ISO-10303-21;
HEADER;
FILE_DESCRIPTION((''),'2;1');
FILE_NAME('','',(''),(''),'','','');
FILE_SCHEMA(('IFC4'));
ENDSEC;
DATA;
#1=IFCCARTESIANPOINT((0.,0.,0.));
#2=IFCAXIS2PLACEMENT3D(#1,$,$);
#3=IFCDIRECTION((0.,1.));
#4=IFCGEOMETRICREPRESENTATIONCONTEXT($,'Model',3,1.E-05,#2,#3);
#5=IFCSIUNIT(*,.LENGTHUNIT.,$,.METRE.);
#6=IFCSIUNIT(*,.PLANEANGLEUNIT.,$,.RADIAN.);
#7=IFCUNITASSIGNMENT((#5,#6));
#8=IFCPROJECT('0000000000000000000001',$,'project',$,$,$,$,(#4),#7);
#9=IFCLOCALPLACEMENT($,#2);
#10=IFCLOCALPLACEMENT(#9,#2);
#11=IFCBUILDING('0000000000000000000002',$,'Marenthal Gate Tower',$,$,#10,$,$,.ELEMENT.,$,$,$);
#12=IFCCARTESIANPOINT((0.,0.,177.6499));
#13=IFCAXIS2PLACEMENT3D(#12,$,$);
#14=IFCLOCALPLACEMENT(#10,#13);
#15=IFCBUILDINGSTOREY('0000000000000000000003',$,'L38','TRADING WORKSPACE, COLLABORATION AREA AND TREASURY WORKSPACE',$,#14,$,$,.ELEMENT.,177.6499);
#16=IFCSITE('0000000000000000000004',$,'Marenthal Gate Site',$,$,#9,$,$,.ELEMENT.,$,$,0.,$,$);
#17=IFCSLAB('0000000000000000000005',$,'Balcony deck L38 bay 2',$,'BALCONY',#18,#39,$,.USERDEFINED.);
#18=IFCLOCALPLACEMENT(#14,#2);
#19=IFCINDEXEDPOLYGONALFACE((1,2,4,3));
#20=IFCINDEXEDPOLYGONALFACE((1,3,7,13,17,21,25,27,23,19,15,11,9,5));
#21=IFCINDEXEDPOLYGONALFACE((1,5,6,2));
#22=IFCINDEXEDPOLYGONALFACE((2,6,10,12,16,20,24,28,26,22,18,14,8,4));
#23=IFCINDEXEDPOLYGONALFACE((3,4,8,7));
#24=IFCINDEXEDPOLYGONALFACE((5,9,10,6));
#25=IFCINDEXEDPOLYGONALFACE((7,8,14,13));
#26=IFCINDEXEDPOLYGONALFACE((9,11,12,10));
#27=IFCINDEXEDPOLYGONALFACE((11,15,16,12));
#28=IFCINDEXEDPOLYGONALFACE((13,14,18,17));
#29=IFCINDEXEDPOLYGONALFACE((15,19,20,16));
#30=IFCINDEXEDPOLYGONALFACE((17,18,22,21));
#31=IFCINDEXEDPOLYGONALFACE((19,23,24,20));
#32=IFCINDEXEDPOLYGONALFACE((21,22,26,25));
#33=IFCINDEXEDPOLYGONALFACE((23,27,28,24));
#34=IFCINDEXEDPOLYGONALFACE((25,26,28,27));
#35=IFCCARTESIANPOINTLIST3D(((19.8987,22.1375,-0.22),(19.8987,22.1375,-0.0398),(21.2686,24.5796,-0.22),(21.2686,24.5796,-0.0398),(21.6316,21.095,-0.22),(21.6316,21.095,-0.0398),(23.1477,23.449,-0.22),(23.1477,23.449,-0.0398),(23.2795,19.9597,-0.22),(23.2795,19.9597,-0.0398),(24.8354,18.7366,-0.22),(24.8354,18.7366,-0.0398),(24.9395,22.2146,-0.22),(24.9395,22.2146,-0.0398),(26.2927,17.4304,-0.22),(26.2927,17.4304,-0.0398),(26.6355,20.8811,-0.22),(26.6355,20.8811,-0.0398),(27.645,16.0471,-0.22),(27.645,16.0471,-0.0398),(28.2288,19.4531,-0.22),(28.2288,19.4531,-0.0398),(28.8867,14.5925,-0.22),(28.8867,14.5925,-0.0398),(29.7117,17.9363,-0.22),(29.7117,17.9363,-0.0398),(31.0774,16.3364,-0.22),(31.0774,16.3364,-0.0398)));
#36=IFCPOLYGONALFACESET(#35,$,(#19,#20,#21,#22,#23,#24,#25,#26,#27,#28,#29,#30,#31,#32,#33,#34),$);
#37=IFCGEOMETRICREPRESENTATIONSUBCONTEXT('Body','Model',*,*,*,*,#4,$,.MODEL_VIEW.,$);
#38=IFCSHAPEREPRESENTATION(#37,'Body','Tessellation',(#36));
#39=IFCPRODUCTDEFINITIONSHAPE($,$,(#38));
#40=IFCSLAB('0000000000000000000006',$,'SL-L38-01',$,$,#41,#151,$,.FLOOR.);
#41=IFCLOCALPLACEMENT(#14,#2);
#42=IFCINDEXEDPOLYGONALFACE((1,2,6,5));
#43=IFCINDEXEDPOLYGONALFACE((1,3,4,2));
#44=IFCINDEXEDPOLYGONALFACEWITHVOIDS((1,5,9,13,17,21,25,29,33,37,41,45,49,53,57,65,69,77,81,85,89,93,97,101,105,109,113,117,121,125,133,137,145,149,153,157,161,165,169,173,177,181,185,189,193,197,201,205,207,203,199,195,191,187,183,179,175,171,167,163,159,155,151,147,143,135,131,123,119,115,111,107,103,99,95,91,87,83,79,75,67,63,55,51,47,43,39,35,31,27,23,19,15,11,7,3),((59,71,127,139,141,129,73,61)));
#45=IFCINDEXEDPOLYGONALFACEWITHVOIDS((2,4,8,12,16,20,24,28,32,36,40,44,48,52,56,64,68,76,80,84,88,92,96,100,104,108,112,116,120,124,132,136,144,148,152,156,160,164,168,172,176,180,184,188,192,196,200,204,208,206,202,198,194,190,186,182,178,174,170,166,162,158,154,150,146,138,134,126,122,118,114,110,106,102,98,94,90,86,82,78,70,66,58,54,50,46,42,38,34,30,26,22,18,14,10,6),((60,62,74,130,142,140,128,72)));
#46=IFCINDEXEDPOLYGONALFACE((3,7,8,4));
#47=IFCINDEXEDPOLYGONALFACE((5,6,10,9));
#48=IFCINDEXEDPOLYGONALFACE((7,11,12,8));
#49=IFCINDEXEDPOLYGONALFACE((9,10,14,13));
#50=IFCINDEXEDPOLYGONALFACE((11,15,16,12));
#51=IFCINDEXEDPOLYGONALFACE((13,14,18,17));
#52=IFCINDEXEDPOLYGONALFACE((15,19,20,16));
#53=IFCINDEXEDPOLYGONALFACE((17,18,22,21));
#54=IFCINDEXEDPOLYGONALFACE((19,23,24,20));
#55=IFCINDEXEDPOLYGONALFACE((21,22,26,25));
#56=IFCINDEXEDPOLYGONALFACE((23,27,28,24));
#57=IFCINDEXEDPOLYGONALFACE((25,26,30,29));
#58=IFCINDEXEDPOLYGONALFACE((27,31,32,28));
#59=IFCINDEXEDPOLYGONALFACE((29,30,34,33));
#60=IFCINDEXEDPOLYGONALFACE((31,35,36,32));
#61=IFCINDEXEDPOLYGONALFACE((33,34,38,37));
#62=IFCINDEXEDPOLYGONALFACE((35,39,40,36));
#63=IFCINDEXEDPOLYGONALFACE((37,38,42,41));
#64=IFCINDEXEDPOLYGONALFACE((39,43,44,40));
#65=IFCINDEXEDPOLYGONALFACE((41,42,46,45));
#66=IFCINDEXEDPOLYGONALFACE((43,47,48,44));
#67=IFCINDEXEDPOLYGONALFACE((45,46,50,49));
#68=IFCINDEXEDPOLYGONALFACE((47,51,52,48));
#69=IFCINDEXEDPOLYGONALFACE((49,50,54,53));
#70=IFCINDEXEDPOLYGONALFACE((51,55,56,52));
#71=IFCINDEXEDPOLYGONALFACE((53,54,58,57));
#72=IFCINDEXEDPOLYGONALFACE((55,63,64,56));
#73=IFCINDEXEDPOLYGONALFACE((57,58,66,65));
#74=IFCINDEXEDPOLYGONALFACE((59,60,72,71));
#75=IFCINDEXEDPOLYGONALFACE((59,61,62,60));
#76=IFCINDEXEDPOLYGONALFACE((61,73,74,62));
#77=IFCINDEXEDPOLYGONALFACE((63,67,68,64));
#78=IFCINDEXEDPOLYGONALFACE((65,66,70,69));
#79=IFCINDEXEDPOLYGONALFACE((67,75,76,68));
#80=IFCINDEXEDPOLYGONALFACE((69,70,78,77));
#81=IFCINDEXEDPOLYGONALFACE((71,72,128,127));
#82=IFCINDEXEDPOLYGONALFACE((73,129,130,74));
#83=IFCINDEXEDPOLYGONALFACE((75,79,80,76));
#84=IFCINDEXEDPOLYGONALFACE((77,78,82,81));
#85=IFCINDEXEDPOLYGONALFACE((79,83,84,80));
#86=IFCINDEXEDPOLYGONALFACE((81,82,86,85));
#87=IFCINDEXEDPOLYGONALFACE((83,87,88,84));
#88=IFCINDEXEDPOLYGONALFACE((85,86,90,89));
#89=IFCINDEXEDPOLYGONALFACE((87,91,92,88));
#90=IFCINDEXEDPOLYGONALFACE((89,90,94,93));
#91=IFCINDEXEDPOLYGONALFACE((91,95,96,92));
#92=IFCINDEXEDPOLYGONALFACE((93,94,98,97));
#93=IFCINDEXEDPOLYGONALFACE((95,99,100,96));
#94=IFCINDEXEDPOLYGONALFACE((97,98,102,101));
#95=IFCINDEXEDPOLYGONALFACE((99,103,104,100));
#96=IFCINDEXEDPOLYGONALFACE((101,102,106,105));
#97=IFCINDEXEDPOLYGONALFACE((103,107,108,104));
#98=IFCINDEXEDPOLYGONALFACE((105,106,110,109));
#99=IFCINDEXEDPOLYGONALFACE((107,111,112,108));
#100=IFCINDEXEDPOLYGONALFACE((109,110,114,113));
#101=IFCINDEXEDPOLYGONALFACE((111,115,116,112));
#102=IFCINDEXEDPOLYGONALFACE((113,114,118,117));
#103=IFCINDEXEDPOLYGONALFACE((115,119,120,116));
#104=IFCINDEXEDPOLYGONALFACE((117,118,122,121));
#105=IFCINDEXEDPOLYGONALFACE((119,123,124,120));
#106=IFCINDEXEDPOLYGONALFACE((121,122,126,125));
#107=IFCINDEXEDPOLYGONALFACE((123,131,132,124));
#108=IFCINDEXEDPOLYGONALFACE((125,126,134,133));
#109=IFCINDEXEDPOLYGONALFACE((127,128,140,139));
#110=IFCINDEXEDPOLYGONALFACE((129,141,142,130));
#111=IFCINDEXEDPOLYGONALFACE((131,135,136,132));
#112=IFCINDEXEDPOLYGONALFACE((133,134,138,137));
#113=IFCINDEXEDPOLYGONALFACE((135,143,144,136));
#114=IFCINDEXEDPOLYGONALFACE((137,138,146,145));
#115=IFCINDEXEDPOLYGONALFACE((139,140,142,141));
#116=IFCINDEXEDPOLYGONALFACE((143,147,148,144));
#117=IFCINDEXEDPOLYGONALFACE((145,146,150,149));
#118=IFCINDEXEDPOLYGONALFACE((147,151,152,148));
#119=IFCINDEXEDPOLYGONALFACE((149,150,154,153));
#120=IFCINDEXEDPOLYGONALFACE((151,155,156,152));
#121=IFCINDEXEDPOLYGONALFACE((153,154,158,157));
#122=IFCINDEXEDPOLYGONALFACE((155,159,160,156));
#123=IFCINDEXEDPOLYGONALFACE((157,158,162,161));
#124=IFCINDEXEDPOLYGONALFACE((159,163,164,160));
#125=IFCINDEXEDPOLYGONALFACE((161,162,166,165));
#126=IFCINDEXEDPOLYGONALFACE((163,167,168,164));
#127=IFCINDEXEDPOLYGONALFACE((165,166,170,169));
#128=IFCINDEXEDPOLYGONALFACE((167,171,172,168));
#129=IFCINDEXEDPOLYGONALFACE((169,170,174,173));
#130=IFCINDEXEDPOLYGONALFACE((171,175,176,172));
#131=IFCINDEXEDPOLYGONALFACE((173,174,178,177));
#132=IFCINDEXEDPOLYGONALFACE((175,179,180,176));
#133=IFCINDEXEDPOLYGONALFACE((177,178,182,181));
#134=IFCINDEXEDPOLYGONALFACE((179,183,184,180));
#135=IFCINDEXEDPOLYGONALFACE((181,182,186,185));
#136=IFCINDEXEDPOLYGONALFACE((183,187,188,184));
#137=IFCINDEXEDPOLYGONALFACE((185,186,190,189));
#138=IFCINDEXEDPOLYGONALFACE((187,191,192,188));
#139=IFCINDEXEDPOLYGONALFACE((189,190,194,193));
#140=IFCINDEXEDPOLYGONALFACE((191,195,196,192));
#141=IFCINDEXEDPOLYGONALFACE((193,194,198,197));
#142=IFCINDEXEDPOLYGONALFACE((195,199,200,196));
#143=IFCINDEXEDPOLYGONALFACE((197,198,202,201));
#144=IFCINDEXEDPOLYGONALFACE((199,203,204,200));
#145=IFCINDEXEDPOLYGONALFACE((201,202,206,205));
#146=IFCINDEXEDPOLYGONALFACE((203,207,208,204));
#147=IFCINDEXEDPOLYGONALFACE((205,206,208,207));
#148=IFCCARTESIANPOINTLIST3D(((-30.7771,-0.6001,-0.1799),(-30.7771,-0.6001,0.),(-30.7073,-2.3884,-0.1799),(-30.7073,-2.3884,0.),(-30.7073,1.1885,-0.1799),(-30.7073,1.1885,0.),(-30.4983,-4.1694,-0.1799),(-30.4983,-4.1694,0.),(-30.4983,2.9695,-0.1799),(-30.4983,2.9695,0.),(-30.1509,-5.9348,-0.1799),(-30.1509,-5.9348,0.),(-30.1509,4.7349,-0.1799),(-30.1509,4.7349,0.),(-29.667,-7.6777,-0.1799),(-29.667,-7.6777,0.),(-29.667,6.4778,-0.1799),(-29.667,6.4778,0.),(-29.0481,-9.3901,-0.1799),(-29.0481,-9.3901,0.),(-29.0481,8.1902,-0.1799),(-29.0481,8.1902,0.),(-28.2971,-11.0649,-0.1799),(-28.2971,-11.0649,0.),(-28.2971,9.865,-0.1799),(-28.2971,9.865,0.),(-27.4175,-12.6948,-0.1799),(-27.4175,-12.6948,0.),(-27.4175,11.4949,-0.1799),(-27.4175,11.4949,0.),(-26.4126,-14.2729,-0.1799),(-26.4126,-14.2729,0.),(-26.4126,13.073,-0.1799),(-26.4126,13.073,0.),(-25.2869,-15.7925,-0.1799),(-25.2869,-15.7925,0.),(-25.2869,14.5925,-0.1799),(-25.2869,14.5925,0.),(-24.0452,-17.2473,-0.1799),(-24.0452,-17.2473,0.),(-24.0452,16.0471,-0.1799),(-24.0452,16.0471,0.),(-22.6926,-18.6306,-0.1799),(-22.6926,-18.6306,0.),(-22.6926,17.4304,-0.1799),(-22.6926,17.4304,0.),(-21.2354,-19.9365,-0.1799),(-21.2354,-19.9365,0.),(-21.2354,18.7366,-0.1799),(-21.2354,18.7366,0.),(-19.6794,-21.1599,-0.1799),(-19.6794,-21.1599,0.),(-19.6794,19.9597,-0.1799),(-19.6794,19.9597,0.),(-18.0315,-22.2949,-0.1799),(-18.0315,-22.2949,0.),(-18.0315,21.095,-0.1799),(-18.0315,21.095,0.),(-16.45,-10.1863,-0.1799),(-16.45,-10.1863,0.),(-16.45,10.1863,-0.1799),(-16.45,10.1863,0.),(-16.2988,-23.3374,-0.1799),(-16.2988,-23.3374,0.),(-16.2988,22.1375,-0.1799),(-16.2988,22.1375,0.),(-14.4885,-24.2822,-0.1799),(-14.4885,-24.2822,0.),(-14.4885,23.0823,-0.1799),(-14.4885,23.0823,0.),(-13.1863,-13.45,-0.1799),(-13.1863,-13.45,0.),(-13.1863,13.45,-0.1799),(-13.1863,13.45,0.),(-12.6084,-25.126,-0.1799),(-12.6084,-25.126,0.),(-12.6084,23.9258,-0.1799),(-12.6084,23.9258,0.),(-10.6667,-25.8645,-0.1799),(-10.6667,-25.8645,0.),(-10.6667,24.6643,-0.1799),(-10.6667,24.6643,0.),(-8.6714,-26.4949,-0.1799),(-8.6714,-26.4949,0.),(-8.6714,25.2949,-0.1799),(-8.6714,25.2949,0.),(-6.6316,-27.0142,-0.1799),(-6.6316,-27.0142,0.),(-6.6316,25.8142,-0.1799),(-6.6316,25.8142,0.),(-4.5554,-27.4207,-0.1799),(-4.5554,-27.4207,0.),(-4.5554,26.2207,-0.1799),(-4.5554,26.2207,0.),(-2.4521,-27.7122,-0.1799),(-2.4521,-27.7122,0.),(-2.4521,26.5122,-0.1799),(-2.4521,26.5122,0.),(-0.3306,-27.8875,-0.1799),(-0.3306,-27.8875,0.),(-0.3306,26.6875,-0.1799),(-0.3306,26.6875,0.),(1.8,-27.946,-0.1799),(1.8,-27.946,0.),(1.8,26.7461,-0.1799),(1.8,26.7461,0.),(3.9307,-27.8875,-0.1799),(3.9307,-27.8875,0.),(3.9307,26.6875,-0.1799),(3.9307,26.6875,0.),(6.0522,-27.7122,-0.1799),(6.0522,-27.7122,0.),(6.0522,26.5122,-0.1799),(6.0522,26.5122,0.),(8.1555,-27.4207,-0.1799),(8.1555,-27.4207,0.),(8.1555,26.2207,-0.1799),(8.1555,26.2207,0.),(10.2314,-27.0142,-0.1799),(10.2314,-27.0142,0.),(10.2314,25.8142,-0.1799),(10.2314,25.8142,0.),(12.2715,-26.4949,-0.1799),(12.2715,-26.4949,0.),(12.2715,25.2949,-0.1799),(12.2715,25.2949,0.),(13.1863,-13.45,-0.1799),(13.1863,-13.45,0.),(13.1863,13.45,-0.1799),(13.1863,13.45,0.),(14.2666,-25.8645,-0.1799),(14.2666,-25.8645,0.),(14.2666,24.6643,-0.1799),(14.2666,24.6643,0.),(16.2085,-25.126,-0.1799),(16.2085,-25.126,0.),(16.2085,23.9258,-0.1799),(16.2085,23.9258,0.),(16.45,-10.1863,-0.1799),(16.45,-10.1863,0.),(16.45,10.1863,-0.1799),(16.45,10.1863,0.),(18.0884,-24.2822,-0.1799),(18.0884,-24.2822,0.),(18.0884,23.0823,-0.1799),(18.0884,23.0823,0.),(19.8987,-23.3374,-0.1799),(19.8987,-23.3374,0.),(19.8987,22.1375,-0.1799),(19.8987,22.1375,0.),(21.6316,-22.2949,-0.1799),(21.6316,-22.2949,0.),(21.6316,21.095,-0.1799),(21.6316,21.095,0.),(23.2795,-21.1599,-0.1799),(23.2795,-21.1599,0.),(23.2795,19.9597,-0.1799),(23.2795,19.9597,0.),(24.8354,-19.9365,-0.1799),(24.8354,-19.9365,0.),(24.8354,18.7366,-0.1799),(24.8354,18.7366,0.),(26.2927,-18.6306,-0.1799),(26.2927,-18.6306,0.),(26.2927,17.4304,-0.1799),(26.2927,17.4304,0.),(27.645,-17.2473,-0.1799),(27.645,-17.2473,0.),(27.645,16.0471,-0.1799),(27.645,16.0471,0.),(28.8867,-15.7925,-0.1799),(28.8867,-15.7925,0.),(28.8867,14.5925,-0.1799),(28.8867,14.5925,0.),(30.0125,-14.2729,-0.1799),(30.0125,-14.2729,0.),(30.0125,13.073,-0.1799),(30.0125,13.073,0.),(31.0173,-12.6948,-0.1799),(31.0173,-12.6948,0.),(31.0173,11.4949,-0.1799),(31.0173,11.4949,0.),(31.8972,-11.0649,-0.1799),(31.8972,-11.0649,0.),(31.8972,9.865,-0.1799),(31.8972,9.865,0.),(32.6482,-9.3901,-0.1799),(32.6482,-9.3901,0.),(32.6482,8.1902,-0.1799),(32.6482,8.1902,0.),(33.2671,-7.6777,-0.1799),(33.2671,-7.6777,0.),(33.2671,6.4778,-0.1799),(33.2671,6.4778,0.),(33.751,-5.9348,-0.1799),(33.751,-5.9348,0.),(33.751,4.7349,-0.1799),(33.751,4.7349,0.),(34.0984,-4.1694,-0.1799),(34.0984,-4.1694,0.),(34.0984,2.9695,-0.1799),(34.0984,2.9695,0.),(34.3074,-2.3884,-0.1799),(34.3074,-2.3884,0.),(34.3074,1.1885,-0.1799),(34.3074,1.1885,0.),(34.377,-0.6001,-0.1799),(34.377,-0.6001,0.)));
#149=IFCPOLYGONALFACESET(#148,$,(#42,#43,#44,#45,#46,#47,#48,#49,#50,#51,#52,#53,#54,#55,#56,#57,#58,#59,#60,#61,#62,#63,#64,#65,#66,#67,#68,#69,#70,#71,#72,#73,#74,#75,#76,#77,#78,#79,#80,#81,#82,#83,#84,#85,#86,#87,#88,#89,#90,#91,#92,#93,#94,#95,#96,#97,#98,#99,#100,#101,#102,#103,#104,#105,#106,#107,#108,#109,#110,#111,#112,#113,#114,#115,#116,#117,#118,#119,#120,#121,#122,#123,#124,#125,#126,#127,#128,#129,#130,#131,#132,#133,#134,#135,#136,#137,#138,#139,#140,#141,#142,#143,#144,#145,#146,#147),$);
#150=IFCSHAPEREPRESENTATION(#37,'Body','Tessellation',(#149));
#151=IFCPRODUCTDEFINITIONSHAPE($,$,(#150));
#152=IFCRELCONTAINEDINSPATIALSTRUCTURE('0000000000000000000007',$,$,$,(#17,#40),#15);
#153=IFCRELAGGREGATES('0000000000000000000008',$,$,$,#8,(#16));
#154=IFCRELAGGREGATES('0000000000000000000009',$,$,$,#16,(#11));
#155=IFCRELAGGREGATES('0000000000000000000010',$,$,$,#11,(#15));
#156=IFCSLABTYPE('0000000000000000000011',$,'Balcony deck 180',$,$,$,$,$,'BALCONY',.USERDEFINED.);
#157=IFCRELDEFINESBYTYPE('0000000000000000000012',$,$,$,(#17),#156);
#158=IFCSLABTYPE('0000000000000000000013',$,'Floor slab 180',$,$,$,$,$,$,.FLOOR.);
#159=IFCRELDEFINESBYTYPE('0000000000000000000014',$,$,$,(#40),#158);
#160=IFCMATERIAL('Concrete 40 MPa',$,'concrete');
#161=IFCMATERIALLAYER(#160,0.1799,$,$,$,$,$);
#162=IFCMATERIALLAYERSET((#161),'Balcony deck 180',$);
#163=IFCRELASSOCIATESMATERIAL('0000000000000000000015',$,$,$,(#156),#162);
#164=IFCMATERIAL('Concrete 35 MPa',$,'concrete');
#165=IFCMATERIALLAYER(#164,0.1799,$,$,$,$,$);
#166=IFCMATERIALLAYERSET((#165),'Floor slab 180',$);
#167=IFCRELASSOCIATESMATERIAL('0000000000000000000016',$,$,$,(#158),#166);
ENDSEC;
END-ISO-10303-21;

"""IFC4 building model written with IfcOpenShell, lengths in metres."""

from ifc_helpers import new_model, si_unit, direction, frame, origin, place, context, subcontext, project, spatial, polyline, outline, extrude, material, layer, layer_set, type_object, element, save


model = new_model("IFC4")

# Units and contexts
model_context = context("Model", 3, precision=1e-05, world=origin(), true_north=direction((0.0, 1.0)))
body_context = subcontext(model_context, "Body", "Model", "MODEL_VIEW")
ifc_project = project(units=[si_unit("LENGTHUNIT", "METRE"), si_unit("PLANEANGLEUNIT", "RADIAN")], contexts=[model_context])

# Site, building, storey
site_placement = place(None, origin())
site = spatial("IfcSite", under=ifc_project, at=site_placement, Name="Marenthal Gate Site", CompositionType="ELEMENT", RefElevation=0.0)
building_placement = place(site_placement, origin())
building = spatial("IfcBuilding", under=site, at=building_placement, Name="Marenthal Gate Tower", CompositionType="ELEMENT")
storey_placement = place(building_placement, frame((0.0, 0.0, 177.6499)))
storey = spatial("IfcBuildingStorey", under=building, at=storey_placement, Name="L38", Description="TRADING WORKSPACE, COLLABORATION AREA AND TREASURY WORKSPACE", CompositionType="ELEMENT", Elevation=177.6499)

# Slabs
ifc_material_1 = material(Name="Concrete 40 MPa", Category="concrete")
ifc_layer_1 = layer(ifc_material_1, 0.1799)
ifc_layer_set_1 = layer_set([ifc_layer_1], Name="Balcony deck 180")
slab_type_1 = type_object("IfcSlabType", Name="Balcony deck 180", ElementType="BALCONY", PredefinedType="USERDEFINED", material=ifc_layer_set_1)
slab_1_placement = place(storey_placement, frame((0.0, 0.0, -0.22)))
element("IfcSlab", 1, at=slab_1_placement, inside=storey, type_object=slab_type_1, Name="Balcony deck L38 bay 2", ObjectType="BALCONY", PredefinedType="USERDEFINED", context=body_context, shape_type="SweptSolid", body=[
    extrude(outline(polyline([(28.8867, 14.5925), (27.645, 16.0471), (26.2927, 17.4304), (24.8354, 18.7366), (23.2795, 19.9597), (21.6316, 21.095), (19.8987, 22.1375), (21.2686, 24.5796), (23.1477, 23.449), (24.9395, 22.2146), (26.6355, 20.8811), (28.2288, 19.4531), (29.7117, 17.9363), (31.0774, 16.3364), (28.8867, 14.5925)])), origin(), (0.0, 0.0, 1.0), 0.1802),
])
ifc_material_2 = material(Name="Concrete 35 MPa", Category="concrete")
ifc_layer_2 = layer(ifc_material_2, 0.1799)
ifc_layer_set_2 = layer_set([ifc_layer_2], Name="Floor slab 180")
slab_type_2 = type_object("IfcSlabType", Name="Floor slab 180", PredefinedType="FLOOR", material=ifc_layer_set_2)
slab_2_placement = place(storey_placement, frame((0.0, 0.0, -0.1799)))
element("IfcSlab", 2, at=slab_2_placement, inside=storey, type_object=slab_type_2, Name="SL-L38-01", PredefinedType="FLOOR", context=body_context, shape_type="SweptSolid", body=[
    extrude(outline(polyline([(34.377, -0.6001), (34.3074, 1.1885), (34.0984, 2.9695), (33.751, 4.7349), (33.2671, 6.4778), (32.6482, 8.1902), (31.8972, 9.865), (31.0173, 11.4949), (30.0125, 13.073), (28.8867, 14.5925), (27.645, 16.0471), (26.2927, 17.4304), (24.8354, 18.7366), (23.2795, 19.9597), (21.6316, 21.095), (19.8987, 22.1375), (18.0884, 23.0823), (16.2085, 23.9258), (14.2666, 24.6643), (12.2715, 25.2949), (10.2314, 25.8142), (8.1555, 26.2207), (6.0522, 26.5122), (3.9307, 26.6875), (1.8, 26.7461), (-0.3306, 26.6875), (-2.4521, 26.5122), (-4.5554, 26.2207), (-6.6316, 25.8142), (-8.6714, 25.2949), (-10.6667, 24.6643), (-12.6084, 23.9258), (-14.4885, 23.0823), (-16.2988, 22.1375), (-18.0315, 21.095), (-19.6794, 19.9597), (-21.2354, 18.7366), (-22.6926, 17.4304), (-24.0452, 16.0471), (-25.2869, 14.5925), (-26.4126, 13.073), (-27.4175, 11.4949), (-28.2971, 9.865), (-29.0481, 8.1902), (-29.667, 6.4778), (-30.1509, 4.7349), (-30.4983, 2.9695), (-30.7073, 1.1885), (-30.7771, -0.6001), (-30.7073, -2.3884), (-30.4983, -4.1694), (-30.1509, -5.9348), (-29.667, -7.6777), (-29.0481, -9.3901), (-28.2971, -11.0649), (-27.4175, -12.6948), (-26.4126, -14.2729), (-25.2869, -15.7925), (-24.0452, -17.2473), (-22.6926, -18.6306), (-21.2354, -19.9365), (-19.6794, -21.1599), (-18.0315, -22.2949), (-16.2988, -23.3374), (-14.4885, -24.2822), (-12.6084, -25.126), (-10.6667, -25.8645), (-8.6714, -26.4949), (-6.6316, -27.0142), (-4.5554, -27.4207), (-2.4521, -27.7122), (-0.3306, -27.8875), (1.8, -27.946), (3.9307, -27.8875), (6.0522, -27.7122), (8.1555, -27.4207), (10.2314, -27.0142), (12.2715, -26.4949), (14.2666, -25.8645), (16.2085, -25.126), (18.0884, -24.2822), (19.8987, -23.3374), (21.6316, -22.2949), (23.2795, -21.1599), (24.8354, -19.9365), (26.2927, -18.6306), (27.645, -17.2473), (28.8867, -15.7925), (30.0125, -14.2729), (31.0173, -12.6948), (31.8972, -11.0649), (32.6482, -9.3901), (33.2671, -7.6777), (33.751, -5.9348), (34.0984, -4.1694), (34.3074, -2.3884), (34.377, -0.6001)]), holes=[polyline([(13.1863, -13.45), (16.45, -10.1863), (16.45, 10.1863), (13.1863, 13.45), (-13.1863, 13.45), (-16.45, 10.1863), (-16.45, -10.1863), (-13.1863, -13.45), (13.1863, -13.45)])]), origin(), (0.0, 0.0, 1.0), 0.1799),
])

save(model, "model.ifc")
